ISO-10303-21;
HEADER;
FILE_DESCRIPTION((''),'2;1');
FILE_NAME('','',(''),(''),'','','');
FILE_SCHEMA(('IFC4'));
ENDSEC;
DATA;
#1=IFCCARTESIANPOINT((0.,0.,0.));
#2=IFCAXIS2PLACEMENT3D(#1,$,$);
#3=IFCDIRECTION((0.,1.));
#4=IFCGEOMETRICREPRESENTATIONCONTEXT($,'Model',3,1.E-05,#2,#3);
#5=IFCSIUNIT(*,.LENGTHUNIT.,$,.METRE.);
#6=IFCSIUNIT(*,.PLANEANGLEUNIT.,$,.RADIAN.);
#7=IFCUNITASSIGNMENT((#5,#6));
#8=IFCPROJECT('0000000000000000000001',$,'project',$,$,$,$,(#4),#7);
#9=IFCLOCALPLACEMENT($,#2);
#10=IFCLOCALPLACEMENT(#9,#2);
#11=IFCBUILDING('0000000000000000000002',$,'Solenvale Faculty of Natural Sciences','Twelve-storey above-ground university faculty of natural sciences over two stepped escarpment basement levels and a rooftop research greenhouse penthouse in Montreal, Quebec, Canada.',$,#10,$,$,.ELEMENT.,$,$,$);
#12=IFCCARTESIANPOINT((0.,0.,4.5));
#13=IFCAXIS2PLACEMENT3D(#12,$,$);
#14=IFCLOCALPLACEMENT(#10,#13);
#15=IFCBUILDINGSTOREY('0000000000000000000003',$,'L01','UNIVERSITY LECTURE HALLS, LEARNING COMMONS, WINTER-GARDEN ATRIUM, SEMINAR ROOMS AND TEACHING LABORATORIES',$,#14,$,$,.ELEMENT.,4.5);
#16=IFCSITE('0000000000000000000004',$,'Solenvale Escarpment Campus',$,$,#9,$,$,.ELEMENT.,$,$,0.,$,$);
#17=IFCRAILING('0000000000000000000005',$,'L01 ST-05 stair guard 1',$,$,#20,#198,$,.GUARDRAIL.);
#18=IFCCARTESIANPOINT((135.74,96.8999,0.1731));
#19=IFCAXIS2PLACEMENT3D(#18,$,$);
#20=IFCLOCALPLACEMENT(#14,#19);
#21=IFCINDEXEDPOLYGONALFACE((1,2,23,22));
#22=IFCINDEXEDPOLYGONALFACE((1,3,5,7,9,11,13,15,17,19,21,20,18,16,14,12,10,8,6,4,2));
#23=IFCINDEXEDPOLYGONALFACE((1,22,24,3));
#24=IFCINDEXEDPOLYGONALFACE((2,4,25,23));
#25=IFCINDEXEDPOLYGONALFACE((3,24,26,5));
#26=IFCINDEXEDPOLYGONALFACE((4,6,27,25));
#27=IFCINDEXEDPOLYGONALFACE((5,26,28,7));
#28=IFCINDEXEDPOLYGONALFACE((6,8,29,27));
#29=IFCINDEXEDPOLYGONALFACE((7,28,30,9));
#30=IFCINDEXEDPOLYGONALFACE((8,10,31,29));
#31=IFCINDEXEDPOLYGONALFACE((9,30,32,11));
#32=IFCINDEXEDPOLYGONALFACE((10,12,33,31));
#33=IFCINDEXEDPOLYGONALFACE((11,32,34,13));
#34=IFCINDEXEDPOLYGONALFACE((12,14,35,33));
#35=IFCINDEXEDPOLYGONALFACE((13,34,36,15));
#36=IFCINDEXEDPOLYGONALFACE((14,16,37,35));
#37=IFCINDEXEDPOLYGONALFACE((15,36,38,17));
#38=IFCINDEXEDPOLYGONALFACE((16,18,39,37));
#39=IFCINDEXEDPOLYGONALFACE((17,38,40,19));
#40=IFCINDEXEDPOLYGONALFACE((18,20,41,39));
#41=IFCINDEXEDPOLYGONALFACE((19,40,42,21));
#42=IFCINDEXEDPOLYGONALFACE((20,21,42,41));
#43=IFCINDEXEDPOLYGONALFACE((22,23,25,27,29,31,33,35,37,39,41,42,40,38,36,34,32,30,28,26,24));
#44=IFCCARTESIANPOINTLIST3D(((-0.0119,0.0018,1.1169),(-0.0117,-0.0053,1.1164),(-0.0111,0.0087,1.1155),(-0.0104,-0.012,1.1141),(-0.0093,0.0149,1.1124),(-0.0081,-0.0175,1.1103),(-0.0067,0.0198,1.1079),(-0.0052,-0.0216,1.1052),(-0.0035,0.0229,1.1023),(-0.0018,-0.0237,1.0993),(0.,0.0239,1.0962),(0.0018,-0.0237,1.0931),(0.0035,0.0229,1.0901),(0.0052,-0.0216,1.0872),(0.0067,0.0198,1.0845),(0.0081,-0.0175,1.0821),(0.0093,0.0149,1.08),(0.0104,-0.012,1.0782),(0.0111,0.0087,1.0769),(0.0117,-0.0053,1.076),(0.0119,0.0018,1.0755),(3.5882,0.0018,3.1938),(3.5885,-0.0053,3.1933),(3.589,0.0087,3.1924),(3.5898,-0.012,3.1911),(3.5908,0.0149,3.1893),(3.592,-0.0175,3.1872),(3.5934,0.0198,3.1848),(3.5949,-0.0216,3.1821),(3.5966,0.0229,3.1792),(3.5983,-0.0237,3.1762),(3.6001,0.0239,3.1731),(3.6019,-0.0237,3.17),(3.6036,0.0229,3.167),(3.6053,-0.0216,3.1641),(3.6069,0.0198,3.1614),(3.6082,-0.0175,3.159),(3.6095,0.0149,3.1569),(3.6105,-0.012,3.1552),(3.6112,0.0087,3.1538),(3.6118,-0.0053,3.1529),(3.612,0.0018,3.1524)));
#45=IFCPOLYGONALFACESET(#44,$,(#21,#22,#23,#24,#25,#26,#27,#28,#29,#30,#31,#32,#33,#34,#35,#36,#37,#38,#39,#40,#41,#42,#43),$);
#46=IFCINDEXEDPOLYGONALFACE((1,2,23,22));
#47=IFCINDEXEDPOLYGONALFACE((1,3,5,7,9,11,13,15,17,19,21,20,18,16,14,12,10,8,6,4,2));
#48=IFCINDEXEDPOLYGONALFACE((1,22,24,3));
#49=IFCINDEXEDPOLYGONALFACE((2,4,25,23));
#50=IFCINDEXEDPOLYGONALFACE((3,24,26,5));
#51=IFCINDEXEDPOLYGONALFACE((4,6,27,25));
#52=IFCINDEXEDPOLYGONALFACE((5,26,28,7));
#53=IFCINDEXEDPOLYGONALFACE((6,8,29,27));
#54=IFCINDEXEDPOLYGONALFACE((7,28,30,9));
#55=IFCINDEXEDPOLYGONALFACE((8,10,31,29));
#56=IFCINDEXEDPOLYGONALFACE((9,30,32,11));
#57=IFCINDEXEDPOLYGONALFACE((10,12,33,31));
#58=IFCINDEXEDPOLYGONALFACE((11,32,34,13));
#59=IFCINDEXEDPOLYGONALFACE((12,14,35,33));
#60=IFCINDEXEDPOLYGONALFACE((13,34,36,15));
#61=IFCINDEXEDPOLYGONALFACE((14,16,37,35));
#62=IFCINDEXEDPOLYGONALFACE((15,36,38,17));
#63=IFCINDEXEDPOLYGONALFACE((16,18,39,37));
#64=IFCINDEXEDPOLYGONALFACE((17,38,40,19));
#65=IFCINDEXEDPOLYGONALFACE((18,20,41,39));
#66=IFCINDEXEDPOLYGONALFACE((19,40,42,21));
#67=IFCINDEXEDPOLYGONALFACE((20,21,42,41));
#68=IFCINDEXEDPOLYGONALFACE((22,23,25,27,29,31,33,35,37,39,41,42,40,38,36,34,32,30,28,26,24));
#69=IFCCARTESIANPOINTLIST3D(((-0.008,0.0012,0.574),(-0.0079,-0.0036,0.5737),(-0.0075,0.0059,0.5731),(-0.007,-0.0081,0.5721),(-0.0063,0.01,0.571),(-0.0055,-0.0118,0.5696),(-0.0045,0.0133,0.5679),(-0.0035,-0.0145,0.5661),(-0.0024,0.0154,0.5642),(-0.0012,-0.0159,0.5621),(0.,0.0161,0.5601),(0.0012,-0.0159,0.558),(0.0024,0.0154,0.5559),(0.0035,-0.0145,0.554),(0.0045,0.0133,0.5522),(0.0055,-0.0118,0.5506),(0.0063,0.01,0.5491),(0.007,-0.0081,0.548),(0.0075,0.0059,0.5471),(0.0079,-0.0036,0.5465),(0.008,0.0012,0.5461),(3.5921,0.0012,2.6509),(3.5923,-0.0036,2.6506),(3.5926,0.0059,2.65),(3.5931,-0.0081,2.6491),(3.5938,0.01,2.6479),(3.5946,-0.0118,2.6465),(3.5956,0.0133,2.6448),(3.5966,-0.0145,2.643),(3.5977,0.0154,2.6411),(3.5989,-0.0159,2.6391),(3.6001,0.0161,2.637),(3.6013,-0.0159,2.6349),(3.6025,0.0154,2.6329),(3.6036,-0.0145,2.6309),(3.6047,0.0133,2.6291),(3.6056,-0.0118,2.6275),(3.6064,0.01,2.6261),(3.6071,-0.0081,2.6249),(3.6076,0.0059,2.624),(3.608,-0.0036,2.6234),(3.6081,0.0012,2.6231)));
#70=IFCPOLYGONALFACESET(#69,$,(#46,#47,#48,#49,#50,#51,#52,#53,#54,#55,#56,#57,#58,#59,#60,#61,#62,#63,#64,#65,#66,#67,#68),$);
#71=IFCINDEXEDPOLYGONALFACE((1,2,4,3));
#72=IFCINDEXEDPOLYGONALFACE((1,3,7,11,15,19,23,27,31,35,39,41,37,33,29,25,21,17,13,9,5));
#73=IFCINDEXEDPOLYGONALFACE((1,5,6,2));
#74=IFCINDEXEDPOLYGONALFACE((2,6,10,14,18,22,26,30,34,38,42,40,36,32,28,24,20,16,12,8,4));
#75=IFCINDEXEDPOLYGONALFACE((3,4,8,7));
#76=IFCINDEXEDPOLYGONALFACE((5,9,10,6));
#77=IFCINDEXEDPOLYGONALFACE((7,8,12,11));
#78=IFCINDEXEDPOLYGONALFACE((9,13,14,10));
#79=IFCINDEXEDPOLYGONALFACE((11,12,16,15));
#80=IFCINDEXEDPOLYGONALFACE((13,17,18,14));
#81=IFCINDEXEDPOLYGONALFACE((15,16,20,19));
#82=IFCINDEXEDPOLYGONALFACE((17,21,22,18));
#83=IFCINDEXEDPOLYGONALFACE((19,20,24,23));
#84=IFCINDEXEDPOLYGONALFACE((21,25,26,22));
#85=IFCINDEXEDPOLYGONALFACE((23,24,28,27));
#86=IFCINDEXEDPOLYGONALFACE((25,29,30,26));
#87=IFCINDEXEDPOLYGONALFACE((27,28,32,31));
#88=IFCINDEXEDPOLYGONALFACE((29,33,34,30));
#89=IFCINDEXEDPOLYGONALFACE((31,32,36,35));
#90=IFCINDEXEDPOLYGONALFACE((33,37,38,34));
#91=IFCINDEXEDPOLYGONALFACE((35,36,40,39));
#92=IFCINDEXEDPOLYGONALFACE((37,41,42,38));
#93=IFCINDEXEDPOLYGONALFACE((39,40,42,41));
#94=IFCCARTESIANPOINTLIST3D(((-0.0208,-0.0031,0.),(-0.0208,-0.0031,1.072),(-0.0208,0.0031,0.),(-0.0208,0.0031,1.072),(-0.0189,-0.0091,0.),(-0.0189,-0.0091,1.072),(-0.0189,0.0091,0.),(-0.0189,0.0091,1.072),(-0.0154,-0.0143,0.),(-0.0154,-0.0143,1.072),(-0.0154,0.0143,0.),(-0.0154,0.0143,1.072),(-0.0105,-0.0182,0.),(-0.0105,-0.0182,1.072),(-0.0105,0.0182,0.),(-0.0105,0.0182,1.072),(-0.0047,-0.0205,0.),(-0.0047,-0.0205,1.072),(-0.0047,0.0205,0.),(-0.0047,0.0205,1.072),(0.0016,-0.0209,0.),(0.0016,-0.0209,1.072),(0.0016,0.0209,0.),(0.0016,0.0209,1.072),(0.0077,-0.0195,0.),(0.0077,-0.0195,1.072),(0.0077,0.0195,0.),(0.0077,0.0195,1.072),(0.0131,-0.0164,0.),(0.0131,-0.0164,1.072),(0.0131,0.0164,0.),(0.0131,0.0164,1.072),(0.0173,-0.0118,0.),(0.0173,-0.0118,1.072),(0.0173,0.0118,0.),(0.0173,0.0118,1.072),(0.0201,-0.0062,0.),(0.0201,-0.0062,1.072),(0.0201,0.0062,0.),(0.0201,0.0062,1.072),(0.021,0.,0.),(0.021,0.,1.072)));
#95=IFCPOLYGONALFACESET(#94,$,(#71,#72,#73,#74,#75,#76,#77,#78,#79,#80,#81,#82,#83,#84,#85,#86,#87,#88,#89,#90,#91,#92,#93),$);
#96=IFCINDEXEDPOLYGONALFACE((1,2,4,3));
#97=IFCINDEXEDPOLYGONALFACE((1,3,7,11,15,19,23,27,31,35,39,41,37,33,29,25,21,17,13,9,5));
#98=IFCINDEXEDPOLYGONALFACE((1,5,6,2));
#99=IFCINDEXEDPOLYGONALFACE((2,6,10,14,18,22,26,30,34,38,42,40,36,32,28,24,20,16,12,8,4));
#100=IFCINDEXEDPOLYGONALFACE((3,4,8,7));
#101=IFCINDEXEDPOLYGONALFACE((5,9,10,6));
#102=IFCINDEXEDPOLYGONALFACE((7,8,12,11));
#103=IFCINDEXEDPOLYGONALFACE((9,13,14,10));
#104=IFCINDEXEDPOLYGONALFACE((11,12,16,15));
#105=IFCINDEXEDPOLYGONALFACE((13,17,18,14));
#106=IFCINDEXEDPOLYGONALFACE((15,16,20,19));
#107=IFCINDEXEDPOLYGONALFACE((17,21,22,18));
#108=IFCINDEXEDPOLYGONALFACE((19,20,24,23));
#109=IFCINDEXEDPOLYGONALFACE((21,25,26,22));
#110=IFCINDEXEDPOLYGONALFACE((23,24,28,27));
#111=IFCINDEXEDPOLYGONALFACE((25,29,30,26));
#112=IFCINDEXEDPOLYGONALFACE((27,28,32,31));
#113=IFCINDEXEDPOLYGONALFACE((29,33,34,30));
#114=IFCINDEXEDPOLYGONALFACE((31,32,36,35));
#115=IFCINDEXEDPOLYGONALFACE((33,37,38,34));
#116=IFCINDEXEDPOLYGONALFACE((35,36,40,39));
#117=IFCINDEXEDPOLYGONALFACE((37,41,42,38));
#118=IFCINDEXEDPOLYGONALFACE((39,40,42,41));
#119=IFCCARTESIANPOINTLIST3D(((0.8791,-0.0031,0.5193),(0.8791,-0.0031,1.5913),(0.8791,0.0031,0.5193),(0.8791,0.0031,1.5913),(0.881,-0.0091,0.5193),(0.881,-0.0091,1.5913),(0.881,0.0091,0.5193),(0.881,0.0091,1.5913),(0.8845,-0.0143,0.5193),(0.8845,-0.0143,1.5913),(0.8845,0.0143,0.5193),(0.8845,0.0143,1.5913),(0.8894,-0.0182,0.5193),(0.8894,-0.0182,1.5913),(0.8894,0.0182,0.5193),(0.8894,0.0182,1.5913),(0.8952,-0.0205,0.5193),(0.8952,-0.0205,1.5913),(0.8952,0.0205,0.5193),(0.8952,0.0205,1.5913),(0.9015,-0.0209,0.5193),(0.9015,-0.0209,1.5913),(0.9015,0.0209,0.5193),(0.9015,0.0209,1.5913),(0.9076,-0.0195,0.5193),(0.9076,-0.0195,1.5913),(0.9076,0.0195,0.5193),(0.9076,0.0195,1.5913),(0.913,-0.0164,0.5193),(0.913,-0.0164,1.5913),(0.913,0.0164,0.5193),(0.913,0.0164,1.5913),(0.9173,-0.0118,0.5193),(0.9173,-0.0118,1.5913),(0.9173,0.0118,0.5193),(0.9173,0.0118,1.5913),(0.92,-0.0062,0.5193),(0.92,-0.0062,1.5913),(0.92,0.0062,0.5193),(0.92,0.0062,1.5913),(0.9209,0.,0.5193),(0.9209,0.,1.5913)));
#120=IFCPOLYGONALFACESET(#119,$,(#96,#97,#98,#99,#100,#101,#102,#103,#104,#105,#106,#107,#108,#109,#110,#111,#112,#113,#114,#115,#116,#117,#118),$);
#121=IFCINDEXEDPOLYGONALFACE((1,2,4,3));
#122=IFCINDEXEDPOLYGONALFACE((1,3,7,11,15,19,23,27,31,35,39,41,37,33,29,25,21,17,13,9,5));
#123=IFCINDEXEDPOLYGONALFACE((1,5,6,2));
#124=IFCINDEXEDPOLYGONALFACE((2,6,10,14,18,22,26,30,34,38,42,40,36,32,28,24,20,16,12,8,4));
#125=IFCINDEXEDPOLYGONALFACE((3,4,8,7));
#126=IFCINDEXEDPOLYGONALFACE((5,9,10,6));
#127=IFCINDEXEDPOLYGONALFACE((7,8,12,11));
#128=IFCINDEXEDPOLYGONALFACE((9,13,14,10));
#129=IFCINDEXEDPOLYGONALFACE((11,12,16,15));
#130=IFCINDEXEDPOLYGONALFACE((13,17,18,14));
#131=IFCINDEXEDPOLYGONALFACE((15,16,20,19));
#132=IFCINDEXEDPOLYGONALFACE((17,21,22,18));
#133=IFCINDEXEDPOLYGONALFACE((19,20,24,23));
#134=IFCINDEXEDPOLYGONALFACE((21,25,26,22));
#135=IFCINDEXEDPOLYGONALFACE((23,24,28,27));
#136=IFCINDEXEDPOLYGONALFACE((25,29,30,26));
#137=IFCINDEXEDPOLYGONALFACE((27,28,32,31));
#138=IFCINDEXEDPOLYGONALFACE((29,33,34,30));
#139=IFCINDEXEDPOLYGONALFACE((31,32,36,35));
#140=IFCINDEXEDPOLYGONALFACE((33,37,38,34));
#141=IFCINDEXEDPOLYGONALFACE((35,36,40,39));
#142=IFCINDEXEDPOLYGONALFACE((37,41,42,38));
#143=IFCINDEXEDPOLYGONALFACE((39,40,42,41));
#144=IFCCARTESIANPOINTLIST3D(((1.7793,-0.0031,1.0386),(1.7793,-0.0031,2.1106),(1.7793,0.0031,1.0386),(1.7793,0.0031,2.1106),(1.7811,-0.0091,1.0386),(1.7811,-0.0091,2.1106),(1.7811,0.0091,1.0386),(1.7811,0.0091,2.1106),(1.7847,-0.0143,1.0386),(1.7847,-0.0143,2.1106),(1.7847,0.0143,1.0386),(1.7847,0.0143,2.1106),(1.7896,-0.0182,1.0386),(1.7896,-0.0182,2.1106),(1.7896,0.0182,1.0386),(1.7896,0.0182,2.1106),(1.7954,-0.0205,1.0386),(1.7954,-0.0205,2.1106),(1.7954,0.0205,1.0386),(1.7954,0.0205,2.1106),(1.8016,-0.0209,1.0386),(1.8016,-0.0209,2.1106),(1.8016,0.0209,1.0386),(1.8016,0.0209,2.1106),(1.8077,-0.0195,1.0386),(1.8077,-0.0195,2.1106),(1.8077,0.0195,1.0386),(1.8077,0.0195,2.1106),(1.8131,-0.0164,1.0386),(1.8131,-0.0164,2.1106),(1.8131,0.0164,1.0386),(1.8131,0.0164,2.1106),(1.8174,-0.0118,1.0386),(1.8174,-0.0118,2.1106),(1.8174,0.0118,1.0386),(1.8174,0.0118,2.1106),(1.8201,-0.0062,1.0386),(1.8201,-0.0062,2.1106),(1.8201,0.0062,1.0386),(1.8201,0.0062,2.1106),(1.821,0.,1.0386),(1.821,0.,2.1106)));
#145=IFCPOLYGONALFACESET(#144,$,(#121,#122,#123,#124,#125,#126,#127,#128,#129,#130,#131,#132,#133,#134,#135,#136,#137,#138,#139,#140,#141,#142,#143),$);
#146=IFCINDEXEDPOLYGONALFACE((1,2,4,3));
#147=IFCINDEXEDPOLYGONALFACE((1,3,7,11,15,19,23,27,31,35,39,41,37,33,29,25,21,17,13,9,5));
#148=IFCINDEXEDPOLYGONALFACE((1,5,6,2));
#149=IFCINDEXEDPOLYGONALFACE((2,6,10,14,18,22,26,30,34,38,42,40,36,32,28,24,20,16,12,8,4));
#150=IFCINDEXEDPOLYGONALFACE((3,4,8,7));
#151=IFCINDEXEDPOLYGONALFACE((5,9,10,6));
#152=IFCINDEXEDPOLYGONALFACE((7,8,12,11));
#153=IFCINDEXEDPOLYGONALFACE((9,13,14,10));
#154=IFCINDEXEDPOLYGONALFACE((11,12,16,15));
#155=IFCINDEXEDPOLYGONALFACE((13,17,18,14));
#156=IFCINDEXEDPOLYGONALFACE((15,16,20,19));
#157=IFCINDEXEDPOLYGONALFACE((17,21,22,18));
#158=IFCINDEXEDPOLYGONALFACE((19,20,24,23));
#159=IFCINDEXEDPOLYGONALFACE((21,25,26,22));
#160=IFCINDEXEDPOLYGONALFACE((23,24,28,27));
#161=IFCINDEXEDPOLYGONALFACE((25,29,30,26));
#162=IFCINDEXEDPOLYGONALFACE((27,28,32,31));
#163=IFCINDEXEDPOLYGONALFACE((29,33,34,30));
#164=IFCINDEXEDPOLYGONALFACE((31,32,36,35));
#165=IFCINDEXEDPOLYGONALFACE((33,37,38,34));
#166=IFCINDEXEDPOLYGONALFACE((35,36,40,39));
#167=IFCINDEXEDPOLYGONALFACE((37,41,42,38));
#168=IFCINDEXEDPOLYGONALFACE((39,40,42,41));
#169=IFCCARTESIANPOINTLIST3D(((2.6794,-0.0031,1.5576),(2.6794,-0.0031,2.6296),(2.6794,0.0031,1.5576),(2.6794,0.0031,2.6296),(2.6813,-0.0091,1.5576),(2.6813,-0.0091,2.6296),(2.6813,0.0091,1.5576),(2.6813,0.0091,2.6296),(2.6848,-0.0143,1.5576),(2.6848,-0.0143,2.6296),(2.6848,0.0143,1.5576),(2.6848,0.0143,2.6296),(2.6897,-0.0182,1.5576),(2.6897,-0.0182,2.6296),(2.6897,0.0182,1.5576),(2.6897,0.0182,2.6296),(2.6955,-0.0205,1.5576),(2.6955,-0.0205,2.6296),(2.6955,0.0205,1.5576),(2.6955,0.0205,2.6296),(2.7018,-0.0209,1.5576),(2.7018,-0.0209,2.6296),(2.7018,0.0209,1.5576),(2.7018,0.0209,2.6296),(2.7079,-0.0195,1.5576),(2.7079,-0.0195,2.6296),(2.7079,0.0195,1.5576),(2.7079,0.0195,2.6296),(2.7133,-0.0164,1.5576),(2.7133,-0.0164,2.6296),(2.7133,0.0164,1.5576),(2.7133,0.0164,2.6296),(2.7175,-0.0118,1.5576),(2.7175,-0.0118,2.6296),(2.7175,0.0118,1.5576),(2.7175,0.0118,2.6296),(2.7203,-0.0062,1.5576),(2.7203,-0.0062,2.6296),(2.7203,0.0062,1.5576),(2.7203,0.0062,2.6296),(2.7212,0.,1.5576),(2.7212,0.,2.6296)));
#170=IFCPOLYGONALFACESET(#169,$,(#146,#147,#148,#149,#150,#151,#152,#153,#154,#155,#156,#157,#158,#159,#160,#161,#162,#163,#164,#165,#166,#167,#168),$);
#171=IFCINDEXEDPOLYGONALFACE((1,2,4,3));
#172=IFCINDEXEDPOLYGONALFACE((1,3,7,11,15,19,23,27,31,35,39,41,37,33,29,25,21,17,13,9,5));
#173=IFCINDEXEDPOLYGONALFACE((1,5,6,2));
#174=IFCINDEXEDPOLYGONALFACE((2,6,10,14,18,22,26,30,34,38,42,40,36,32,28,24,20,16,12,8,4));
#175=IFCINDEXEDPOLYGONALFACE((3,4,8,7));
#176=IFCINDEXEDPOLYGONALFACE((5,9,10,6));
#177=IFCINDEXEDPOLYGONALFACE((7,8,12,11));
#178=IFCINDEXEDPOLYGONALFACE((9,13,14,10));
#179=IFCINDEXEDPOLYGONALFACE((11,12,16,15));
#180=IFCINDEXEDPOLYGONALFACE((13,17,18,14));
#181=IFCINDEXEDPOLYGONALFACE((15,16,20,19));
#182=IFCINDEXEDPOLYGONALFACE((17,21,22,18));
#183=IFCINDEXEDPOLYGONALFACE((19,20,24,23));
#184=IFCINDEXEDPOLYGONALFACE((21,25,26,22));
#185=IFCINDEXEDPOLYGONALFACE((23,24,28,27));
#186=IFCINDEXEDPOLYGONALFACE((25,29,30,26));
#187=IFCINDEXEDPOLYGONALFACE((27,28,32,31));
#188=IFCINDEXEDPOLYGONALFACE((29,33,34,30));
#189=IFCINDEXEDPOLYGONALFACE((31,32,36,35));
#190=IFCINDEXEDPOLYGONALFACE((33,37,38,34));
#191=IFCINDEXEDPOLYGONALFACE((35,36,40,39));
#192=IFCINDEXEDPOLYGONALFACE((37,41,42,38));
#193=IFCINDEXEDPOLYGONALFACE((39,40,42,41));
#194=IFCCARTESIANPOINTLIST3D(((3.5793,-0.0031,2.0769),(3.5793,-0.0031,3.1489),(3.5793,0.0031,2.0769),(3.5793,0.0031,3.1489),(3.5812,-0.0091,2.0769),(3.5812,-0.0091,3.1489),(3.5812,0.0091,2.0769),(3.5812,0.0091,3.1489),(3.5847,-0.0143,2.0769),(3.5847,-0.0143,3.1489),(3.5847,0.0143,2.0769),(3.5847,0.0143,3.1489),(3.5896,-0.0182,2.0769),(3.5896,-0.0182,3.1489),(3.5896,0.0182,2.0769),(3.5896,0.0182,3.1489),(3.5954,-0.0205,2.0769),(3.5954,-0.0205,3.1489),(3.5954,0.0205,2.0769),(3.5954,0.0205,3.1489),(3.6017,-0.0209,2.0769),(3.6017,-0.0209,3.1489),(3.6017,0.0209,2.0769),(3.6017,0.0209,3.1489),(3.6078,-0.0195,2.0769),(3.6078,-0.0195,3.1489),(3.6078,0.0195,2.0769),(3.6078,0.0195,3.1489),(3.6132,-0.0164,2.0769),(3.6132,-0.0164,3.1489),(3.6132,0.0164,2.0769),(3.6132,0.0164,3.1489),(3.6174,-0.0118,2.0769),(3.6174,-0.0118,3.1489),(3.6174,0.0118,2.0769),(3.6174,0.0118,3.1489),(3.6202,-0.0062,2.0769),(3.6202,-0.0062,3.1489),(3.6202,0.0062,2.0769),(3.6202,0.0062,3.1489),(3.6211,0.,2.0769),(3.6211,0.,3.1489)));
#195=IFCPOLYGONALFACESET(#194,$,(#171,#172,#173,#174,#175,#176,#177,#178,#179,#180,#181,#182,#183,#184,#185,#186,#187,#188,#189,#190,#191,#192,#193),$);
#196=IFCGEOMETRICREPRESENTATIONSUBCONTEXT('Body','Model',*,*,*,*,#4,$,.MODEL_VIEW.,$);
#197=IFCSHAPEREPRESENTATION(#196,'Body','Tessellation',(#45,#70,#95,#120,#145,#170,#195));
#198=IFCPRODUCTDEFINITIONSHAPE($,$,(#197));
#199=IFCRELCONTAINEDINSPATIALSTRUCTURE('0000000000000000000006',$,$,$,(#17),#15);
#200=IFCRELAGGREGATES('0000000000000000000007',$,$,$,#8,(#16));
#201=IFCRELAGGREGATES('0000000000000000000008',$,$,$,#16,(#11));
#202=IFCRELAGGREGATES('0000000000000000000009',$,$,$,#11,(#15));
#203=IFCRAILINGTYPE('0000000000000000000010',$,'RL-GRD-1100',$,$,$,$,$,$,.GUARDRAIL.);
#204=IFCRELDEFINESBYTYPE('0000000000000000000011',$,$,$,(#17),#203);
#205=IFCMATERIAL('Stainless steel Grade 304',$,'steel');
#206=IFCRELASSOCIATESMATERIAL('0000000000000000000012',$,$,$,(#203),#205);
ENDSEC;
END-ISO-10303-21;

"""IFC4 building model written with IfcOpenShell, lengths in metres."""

from ifc_helpers import new_model, si_unit, direction, frame, origin, origin_2d, place, context, subcontext, project, spatial, circle, extrude, material, type_object, element, save


model = new_model("IFC4")

# Units and contexts
model_context = context("Model", 3, precision=1e-05, world=origin(), true_north=direction((0.0, 1.0)))
body_context = subcontext(model_context, "Body", "Model", "MODEL_VIEW")
ifc_project = project(units=[si_unit("LENGTHUNIT", "METRE"), si_unit("PLANEANGLEUNIT", "RADIAN")], contexts=[model_context])

# Site, building, storey
site_placement = place(None, origin())
site = spatial("IfcSite", under=ifc_project, at=site_placement, Name="Solenvale Escarpment Campus", CompositionType="ELEMENT", RefElevation=0.0)
building_placement = place(site_placement, origin())
building = spatial("IfcBuilding", under=site, at=building_placement, Name="Solenvale Faculty of Natural Sciences", Description="Twelve-storey above-ground university faculty of natural sciences over two stepped escarpment basement levels and a rooftop research greenhouse penthouse in Montreal, Quebec, Canada.", CompositionType="ELEMENT")
storey_placement = place(building_placement, frame((0.0, 0.0, 4.5)))
storey = spatial("IfcBuildingStorey", under=building, at=storey_placement, Name="L01", Description="UNIVERSITY LECTURE HALLS, LEARNING COMMONS, WINTER-GARDEN ATRIUM, SEMINAR ROOMS AND TEACHING LABORATORIES", CompositionType="ELEMENT", Elevation=4.5)

# Railing
ifc_material_1 = material(Name="Stainless steel Grade 304", Category="steel")
railing_type_1 = type_object("IfcRailingType", Name="RL-GRD-1100", PredefinedType="GUARDRAIL", material=ifc_material_1)
railing_1_placement = place(storey_placement, frame((135.74, 96.8999, 0.1731)))
element("IfcRailing", 1, at=railing_1_placement, inside=storey, type_object=railing_type_1, Name="L01 ST-05 stair guard 1", PredefinedType="GUARDRAIL", context=body_context, shape_type="SweptSolid", body=[
    extrude(circle(Radius=0.0239, at=origin_2d()), frame((0.0, 0.0, 1.0962), z_axis=(0.866193, 0.0, 0.499709), x_axis=(0.0, 1.0, 0.0)), (0.0, 0.0, 1.0), 4.1562),
    extrude(circle(Radius=0.0161, at=origin_2d()), frame((0.0, 0.0, 0.5601), z_axis=(0.866193, 0.0, 0.499709), x_axis=(0.0, 1.0, 0.0)), (0.0, 0.0, 1.0), 4.1562),
    extrude(circle(Radius=0.021, at=origin_2d()), origin(), (0.0, 0.0, 1.0), 1.072),
    extrude(circle(Radius=0.021, at=origin_2d()), frame((0.8999, 0.0, 0.5193)), (0.0, 0.0, 1.0), 1.072),
    extrude(circle(Radius=0.021, at=origin_2d()), frame((1.8, 0.0, 1.0386)), (0.0, 0.0, 1.0), 1.072),
    extrude(circle(Radius=0.021, at=origin_2d()), frame((2.7002, 0.0, 1.5576)), (0.0, 0.0, 1.0), 1.072),
    extrude(circle(Radius=0.021, at=origin_2d()), frame((3.6001, 0.0, 2.0769)), (0.0, 0.0, 1.0), 1.072),
])

save(model, "model.ifc")
